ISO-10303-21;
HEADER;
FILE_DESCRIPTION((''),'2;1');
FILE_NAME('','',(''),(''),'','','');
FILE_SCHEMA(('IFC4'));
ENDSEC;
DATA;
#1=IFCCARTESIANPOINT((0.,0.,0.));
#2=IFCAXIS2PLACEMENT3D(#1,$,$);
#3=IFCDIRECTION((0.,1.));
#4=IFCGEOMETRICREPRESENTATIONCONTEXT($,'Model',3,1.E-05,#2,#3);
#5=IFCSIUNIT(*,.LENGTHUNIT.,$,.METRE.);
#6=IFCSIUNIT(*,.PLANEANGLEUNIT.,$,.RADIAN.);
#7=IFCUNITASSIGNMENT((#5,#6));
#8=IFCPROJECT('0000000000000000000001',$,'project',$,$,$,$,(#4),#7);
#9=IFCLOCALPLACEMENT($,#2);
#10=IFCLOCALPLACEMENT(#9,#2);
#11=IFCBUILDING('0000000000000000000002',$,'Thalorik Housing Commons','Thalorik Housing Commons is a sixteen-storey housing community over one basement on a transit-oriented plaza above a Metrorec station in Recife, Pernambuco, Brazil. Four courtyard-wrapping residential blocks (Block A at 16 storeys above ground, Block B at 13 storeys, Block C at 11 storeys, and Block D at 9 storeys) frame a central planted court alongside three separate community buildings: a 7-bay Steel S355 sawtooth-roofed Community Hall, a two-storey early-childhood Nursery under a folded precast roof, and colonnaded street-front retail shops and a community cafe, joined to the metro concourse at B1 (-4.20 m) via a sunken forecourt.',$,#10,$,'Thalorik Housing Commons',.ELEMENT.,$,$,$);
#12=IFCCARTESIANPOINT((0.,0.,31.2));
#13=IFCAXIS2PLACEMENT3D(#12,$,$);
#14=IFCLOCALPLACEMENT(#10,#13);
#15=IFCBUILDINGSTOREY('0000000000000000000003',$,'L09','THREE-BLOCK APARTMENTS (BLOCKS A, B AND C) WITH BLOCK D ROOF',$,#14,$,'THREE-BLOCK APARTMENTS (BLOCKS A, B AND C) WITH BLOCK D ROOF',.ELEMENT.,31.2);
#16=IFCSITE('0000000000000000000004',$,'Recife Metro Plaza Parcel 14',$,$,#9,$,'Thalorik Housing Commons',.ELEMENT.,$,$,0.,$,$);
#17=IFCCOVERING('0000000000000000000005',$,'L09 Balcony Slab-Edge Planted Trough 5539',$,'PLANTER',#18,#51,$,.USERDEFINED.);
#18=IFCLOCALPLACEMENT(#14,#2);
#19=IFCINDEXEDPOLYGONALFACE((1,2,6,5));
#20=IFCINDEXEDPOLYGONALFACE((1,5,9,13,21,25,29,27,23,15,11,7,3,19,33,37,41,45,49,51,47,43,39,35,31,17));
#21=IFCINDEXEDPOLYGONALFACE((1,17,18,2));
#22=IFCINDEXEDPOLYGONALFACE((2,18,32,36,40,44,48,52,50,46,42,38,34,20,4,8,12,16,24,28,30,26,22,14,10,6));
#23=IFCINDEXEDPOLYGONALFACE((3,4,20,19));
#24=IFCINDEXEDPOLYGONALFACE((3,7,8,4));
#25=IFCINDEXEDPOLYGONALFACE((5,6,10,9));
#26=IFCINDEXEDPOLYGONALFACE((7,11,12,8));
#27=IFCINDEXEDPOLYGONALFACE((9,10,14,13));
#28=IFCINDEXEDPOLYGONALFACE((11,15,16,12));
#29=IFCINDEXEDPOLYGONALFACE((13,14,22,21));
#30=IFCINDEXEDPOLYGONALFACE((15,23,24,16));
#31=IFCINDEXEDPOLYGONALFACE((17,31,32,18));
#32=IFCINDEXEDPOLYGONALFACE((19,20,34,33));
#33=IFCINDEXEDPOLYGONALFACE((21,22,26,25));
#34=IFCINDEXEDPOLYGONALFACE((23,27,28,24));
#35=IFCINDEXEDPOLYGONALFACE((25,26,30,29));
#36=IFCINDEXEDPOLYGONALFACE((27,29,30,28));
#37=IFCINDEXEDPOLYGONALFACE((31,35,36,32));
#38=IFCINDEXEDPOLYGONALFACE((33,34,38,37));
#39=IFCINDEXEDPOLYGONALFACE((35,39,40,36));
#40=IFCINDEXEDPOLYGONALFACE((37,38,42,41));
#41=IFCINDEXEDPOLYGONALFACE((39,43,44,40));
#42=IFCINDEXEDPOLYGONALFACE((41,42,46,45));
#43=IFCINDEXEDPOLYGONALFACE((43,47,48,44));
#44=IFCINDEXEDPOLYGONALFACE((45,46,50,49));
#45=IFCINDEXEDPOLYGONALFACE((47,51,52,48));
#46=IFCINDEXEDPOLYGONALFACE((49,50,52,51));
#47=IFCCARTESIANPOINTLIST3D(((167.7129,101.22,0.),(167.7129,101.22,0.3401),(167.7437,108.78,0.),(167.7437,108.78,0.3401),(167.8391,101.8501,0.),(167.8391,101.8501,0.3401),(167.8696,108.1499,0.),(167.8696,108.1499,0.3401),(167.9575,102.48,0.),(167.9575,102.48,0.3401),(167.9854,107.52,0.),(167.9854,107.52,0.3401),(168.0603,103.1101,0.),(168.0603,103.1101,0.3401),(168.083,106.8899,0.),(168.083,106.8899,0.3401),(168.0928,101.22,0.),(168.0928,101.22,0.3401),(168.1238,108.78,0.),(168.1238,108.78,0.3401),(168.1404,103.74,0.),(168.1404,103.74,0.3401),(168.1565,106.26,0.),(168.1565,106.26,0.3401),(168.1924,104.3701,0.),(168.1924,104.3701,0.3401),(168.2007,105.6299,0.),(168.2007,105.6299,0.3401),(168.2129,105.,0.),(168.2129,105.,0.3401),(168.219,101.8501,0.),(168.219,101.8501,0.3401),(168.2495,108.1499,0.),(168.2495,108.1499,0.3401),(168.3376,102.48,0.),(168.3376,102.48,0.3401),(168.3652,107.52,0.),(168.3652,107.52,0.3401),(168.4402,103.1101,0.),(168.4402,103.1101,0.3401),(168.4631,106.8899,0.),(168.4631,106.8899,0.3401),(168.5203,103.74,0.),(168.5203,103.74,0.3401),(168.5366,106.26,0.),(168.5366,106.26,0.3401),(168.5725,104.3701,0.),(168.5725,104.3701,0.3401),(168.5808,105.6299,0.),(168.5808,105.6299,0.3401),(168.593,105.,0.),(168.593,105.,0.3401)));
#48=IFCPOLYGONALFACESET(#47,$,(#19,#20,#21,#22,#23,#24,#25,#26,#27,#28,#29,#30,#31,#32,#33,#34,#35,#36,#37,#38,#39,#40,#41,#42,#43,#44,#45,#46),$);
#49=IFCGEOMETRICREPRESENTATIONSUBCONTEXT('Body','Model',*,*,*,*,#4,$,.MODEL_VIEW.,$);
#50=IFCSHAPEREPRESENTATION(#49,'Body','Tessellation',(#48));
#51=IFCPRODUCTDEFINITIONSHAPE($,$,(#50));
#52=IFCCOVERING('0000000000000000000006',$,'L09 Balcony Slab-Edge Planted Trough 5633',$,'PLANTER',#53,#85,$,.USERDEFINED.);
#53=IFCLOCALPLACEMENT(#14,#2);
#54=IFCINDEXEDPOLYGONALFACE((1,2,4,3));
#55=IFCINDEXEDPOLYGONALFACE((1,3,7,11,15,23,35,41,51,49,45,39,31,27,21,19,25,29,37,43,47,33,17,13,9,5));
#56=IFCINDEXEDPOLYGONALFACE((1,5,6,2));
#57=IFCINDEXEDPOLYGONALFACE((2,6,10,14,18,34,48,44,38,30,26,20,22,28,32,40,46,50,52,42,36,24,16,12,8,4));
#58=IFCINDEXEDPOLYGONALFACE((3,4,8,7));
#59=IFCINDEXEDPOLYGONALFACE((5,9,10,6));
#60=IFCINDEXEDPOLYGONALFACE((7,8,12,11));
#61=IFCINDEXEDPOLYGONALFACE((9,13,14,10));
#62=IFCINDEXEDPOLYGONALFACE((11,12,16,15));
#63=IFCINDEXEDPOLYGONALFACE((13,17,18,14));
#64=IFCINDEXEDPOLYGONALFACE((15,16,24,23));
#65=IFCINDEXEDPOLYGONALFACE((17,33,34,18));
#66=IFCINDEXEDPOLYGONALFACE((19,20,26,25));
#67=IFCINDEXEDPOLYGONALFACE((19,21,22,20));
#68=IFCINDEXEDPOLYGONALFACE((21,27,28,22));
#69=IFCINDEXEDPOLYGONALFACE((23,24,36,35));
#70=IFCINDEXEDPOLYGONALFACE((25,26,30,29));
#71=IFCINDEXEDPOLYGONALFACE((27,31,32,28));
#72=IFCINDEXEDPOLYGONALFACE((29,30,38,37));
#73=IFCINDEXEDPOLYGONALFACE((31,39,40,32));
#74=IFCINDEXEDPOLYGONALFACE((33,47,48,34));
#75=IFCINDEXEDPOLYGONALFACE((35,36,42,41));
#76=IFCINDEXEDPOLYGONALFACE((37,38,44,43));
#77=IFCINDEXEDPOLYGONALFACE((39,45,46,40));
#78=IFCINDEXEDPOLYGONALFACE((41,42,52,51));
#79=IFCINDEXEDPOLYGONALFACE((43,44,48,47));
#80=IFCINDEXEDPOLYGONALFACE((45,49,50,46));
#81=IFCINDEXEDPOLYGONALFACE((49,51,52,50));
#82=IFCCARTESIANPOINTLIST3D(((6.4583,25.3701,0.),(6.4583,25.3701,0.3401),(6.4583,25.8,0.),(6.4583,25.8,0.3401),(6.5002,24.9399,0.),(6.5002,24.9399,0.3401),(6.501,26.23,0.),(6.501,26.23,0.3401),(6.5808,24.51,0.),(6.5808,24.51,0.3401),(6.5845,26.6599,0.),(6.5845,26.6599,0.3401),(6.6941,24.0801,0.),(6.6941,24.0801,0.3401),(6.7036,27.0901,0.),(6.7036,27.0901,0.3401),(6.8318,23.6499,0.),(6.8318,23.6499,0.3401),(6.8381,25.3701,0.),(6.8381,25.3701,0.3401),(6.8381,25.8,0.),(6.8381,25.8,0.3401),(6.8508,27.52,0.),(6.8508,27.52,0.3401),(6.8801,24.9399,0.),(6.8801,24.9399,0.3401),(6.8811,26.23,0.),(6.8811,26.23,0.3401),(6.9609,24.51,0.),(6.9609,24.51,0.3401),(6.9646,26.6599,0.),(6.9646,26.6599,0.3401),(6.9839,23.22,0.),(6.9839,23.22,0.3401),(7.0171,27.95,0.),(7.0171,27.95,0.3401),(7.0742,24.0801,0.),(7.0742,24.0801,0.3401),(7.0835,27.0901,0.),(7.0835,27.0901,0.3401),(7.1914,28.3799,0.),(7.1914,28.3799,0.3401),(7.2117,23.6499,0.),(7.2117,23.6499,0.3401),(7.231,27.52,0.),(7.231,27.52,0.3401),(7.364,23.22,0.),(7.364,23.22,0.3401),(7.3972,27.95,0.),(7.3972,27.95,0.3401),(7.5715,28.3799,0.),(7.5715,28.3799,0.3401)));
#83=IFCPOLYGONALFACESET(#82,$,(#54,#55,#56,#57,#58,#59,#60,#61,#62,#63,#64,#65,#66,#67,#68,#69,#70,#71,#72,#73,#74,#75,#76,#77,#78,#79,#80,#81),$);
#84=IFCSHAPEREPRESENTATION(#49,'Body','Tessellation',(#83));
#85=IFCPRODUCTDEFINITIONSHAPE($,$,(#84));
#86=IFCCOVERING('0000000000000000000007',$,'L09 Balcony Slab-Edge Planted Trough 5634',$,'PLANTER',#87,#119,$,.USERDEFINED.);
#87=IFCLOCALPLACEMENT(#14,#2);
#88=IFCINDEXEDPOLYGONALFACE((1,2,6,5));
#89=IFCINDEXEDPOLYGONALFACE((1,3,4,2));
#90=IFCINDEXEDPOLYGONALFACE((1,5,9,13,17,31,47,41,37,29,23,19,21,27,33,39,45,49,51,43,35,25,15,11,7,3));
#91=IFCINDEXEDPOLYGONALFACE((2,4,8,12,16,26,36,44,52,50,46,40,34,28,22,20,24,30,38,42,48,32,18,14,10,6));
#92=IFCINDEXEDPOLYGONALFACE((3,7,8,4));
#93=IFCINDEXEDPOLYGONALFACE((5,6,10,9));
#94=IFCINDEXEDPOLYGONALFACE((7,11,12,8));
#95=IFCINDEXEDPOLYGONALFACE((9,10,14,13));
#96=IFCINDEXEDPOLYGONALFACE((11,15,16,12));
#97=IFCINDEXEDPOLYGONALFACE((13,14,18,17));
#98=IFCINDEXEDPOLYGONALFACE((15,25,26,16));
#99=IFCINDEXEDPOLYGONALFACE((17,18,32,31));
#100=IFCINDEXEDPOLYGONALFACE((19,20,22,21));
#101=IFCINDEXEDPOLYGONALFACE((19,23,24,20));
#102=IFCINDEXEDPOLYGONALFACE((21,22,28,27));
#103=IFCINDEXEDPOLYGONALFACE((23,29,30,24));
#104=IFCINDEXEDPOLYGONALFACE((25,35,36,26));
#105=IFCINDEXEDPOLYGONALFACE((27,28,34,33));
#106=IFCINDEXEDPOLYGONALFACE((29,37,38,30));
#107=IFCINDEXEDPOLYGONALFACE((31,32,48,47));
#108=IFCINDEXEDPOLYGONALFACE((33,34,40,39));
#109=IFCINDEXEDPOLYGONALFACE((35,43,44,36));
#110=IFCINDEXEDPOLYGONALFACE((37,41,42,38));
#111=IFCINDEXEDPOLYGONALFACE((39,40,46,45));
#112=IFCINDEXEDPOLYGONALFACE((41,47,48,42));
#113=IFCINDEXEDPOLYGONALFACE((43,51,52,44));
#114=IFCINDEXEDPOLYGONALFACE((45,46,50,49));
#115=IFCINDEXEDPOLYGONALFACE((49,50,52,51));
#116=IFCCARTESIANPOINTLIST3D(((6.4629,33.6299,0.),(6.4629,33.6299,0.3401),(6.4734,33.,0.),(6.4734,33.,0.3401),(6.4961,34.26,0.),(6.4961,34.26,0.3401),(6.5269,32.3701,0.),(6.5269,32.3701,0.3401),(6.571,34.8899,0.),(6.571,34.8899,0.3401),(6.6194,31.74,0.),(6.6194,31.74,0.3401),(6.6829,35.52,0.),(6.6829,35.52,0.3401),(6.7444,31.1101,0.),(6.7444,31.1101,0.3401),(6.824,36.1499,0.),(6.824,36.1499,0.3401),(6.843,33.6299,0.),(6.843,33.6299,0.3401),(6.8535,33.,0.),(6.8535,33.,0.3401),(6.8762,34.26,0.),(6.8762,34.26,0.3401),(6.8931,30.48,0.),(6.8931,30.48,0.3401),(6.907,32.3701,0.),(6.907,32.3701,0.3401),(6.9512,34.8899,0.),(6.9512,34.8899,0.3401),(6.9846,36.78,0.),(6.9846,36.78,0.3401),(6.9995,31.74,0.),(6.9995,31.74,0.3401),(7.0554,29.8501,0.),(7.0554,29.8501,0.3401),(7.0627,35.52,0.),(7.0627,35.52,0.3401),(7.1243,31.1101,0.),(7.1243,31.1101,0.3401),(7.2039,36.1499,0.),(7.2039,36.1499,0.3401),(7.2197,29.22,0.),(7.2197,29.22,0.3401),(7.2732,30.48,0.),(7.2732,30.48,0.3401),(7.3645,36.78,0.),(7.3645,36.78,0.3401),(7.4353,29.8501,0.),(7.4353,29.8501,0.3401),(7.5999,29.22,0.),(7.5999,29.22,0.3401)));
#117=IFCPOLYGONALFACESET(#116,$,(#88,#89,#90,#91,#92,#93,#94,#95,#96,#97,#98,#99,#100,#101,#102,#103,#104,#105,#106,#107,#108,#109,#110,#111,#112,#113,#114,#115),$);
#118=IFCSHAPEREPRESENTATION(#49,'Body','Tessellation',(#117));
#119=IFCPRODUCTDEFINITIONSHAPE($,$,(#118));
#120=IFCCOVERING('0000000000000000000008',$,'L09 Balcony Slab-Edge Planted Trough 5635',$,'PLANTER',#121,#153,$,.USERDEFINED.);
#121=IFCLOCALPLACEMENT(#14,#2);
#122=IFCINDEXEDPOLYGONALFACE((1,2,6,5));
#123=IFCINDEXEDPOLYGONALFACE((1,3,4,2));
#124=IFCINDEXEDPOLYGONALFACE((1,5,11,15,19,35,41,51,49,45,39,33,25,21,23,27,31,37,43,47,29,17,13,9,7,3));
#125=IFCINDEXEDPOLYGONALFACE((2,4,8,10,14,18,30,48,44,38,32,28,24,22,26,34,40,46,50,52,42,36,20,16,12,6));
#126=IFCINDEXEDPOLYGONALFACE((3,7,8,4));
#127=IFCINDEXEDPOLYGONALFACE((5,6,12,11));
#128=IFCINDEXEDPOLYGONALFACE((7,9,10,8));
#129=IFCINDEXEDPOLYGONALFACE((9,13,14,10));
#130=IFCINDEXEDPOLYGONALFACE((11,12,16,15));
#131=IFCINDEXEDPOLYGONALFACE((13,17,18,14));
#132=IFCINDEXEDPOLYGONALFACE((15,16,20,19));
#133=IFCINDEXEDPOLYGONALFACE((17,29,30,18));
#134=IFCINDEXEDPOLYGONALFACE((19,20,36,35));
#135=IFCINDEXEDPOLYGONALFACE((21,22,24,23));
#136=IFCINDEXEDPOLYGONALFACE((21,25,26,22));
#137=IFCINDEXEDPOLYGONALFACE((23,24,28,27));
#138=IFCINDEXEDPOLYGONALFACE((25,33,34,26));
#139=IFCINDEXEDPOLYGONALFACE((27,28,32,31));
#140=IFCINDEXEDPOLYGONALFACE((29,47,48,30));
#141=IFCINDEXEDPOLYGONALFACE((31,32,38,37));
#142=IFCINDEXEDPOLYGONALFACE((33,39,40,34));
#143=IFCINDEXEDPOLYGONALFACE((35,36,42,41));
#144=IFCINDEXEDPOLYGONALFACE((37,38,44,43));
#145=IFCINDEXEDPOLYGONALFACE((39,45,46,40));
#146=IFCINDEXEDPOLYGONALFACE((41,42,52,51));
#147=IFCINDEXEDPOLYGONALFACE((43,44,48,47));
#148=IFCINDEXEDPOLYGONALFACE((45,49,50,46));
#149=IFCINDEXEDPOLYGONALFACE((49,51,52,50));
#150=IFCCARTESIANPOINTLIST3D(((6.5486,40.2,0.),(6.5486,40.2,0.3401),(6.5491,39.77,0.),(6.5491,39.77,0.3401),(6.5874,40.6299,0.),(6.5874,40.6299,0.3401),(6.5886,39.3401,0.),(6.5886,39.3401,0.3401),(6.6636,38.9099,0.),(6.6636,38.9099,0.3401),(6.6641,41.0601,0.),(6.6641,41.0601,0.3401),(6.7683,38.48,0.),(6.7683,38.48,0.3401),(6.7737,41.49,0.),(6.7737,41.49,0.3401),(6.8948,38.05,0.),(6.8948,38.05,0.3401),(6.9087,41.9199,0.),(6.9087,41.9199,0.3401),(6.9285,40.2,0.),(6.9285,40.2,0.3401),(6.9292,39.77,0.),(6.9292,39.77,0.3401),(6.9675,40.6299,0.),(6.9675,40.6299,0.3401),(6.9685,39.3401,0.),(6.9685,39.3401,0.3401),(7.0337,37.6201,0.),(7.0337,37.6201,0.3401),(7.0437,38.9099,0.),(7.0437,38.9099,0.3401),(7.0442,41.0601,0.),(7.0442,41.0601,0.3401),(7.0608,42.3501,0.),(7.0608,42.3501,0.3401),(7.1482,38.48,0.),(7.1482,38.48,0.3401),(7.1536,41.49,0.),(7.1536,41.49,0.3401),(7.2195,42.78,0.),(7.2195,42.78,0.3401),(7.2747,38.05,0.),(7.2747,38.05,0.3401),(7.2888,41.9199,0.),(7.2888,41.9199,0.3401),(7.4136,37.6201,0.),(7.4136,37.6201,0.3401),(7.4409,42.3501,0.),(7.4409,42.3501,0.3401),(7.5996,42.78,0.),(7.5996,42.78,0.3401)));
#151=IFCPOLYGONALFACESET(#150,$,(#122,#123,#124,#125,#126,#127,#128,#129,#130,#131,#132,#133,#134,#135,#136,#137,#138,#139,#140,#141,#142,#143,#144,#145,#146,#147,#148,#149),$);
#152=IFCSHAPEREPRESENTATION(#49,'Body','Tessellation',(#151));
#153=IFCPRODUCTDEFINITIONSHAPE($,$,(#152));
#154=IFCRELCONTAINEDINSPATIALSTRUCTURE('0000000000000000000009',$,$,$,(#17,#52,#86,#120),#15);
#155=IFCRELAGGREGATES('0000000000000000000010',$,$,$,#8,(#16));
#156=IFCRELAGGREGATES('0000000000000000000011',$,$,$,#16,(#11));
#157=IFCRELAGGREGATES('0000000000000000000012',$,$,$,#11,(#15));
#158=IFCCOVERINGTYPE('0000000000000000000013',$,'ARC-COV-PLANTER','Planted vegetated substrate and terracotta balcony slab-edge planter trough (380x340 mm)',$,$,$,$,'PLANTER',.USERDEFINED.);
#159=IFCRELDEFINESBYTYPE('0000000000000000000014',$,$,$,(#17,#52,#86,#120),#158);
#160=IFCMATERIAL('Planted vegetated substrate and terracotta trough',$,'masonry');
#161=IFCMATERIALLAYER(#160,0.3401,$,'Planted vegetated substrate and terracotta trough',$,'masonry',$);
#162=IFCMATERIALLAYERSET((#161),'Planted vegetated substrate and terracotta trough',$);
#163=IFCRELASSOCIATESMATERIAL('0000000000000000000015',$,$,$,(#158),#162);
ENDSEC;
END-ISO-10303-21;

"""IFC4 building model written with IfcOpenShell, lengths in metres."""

from ifc_helpers import new_model, si_unit, direction, frame, origin, place, context, subcontext, project, spatial, polyline, outline, extrude, material, layer, layer_set, type_object, element, save


model = new_model("IFC4")

# Units and contexts
model_context = context("Model", 3, precision=1e-05, world=origin(), true_north=direction((0.0, 1.0)))
body_context = subcontext(model_context, "Body", "Model", "MODEL_VIEW")
ifc_project = project(units=[si_unit("LENGTHUNIT", "METRE"), si_unit("PLANEANGLEUNIT", "RADIAN")], contexts=[model_context])

# Site, building, storey
site_placement = place(None, origin())
site = spatial("IfcSite", under=ifc_project, at=site_placement, Name="Recife Metro Plaza Parcel 14", LongName="Thalorik Housing Commons", CompositionType="ELEMENT", RefElevation=0.0)
building_placement = place(site_placement, origin())
building = spatial("IfcBuilding", under=site, at=building_placement, Name="Thalorik Housing Commons", Description="Thalorik Housing Commons is a sixteen-storey housing community over one basement on a transit-oriented plaza above a Metrorec station in Recife, Pernambuco, Brazil. Four courtyard-wrapping residential blocks (Block A at 16 storeys above ground, Block B at 13 storeys, Block C at 11 storeys, and Block D at 9 storeys) frame a central planted court alongside three separate community buildings: a 7-bay Steel S355 sawtooth-roofed Community Hall, a two-storey early-childhood Nursery under a folded precast roof, and colonnaded street-front retail shops and a community cafe, joined to the metro concourse at B1 (-4.20 m) via a sunken forecourt.", LongName="Thalorik Housing Commons", CompositionType="ELEMENT")
storey_placement = place(building_placement, frame((0.0, 0.0, 31.2)))
storey = spatial("IfcBuildingStorey", under=building, at=storey_placement, Name="L09", Description="THREE-BLOCK APARTMENTS (BLOCKS A, B AND C) WITH BLOCK D ROOF", LongName="THREE-BLOCK APARTMENTS (BLOCKS A, B AND C) WITH BLOCK D ROOF", CompositionType="ELEMENT", Elevation=31.2)

# Coverings
ifc_material_1 = material(Name="Planted vegetated substrate and terracotta trough", Category="masonry")
ifc_layer_1 = layer(ifc_material_1, 0.3401, Name="Planted vegetated substrate and terracotta trough", Category="masonry")
ifc_layer_set_1 = layer_set([ifc_layer_1], Name="Planted vegetated substrate and terracotta trough")
covering_type_1 = type_object("IfcCoveringType", Name="ARC-COV-PLANTER", Description="Planted vegetated substrate and terracotta balcony slab-edge planter trough (380x340 mm)", ElementType="PLANTER", PredefinedType="USERDEFINED", material=ifc_layer_set_1)
covering_1_placement = place(storey_placement, origin())
element("IfcCovering", 1, at=covering_1_placement, inside=storey, type_object=covering_type_1, Name="L09 Balcony Slab-Edge Planted Trough 5539", ObjectType="PLANTER", PredefinedType="USERDEFINED", context=body_context, shape_type="SweptSolid", body=[
    extrude(outline(polyline([(168.0928, 101.22), (168.219, 101.8501), (168.3376, 102.48), (168.4402, 103.1101), (168.5203, 103.74), (168.5725, 104.3701), (168.593, 105.0), (168.5808, 105.6299), (168.5366, 106.26), (168.4631, 106.8899), (168.3652, 107.52), (168.2495, 108.1499), (168.1238, 108.78), (167.7437, 108.78), (167.8696, 108.1499), (167.9854, 107.52), (168.083, 106.8899), (168.1565, 106.26), (168.2007, 105.6299), (168.2129, 105.0), (168.1924, 104.3701), (168.1404, 103.74), (168.0603, 103.1101), (167.9575, 102.48), (167.8391, 101.8501), (167.7129, 101.22), (168.0928, 101.22)])), origin(), (0.0, 0.0, 1.0), 0.3401),
])
covering_2_placement = place(storey_placement, origin())
element("IfcCovering", 2, at=covering_2_placement, inside=storey, type_object=covering_type_1, Name="L09 Balcony Slab-Edge Planted Trough 5633", ObjectType="PLANTER", PredefinedType="USERDEFINED", context=body_context, shape_type="SweptSolid", body=[
    extrude(outline(polyline([(7.1914, 28.3799), (7.0171, 27.95), (6.8508, 27.52), (6.7036, 27.0901), (6.5845, 26.6599), (6.501, 26.23), (6.4583, 25.8), (6.4583, 25.3701), (6.5002, 24.9399), (6.5808, 24.51), (6.6941, 24.0801), (6.8318, 23.6499), (6.9839, 23.22), (7.364, 23.22), (7.2117, 23.6499), (7.0742, 24.0801), (6.9609, 24.51), (6.8801, 24.9399), (6.8381, 25.3701), (6.8381, 25.8), (6.8811, 26.23), (6.9646, 26.6599), (7.0835, 27.0901), (7.231, 27.52), (7.3972, 27.95), (7.5715, 28.3799), (7.1914, 28.3799)])), origin(), (0.0, 0.0, 1.0), 0.3401),
])
covering_3_placement = place(storey_placement, origin())
element("IfcCovering", 3, at=covering_3_placement, inside=storey, type_object=covering_type_1, Name="L09 Balcony Slab-Edge Planted Trough 5634", ObjectType="PLANTER", PredefinedType="USERDEFINED", context=body_context, shape_type="SweptSolid", body=[
    extrude(outline(polyline([(6.9846, 36.78), (6.824, 36.1499), (6.6829, 35.52), (6.571, 34.8899), (6.4961, 34.26), (6.4629, 33.6299), (6.4734, 33.0), (6.5269, 32.3701), (6.6194, 31.74), (6.7444, 31.1101), (6.8931, 30.48), (7.0554, 29.8501), (7.2197, 29.22), (7.5999, 29.22), (7.4353, 29.8501), (7.2732, 30.48), (7.1243, 31.1101), (6.9995, 31.74), (6.907, 32.3701), (6.8535, 33.0), (6.843, 33.6299), (6.8762, 34.26), (6.9512, 34.8899), (7.0627, 35.52), (7.2039, 36.1499), (7.3645, 36.78), (6.9846, 36.78)])), origin(), (0.0, 0.0, 1.0), 0.3401),
])
covering_4_placement = place(storey_placement, origin())
element("IfcCovering", 4, at=covering_4_placement, inside=storey, type_object=covering_type_1, Name="L09 Balcony Slab-Edge Planted Trough 5635", ObjectType="PLANTER", PredefinedType="USERDEFINED", context=body_context, shape_type="SweptSolid", body=[
    extrude(outline(polyline([(7.2195, 42.78), (7.0608, 42.3501), (6.9087, 41.9199), (6.7737, 41.49), (6.6641, 41.0601), (6.5874, 40.6299), (6.5486, 40.2), (6.5491, 39.77), (6.5886, 39.3401), (6.6636, 38.9099), (6.7683, 38.48), (6.8948, 38.05), (7.0337, 37.6201), (7.4136, 37.6201), (7.2747, 38.05), (7.1482, 38.48), (7.0437, 38.9099), (6.9685, 39.3401), (6.9292, 39.77), (6.9285, 40.2), (6.9675, 40.6299), (7.0442, 41.0601), (7.1536, 41.49), (7.2888, 41.9199), (7.4409, 42.3501), (7.5996, 42.78), (7.2195, 42.78)])), origin(), (0.0, 0.0, 1.0), 0.3401),
])

save(model, "model.ifc")
